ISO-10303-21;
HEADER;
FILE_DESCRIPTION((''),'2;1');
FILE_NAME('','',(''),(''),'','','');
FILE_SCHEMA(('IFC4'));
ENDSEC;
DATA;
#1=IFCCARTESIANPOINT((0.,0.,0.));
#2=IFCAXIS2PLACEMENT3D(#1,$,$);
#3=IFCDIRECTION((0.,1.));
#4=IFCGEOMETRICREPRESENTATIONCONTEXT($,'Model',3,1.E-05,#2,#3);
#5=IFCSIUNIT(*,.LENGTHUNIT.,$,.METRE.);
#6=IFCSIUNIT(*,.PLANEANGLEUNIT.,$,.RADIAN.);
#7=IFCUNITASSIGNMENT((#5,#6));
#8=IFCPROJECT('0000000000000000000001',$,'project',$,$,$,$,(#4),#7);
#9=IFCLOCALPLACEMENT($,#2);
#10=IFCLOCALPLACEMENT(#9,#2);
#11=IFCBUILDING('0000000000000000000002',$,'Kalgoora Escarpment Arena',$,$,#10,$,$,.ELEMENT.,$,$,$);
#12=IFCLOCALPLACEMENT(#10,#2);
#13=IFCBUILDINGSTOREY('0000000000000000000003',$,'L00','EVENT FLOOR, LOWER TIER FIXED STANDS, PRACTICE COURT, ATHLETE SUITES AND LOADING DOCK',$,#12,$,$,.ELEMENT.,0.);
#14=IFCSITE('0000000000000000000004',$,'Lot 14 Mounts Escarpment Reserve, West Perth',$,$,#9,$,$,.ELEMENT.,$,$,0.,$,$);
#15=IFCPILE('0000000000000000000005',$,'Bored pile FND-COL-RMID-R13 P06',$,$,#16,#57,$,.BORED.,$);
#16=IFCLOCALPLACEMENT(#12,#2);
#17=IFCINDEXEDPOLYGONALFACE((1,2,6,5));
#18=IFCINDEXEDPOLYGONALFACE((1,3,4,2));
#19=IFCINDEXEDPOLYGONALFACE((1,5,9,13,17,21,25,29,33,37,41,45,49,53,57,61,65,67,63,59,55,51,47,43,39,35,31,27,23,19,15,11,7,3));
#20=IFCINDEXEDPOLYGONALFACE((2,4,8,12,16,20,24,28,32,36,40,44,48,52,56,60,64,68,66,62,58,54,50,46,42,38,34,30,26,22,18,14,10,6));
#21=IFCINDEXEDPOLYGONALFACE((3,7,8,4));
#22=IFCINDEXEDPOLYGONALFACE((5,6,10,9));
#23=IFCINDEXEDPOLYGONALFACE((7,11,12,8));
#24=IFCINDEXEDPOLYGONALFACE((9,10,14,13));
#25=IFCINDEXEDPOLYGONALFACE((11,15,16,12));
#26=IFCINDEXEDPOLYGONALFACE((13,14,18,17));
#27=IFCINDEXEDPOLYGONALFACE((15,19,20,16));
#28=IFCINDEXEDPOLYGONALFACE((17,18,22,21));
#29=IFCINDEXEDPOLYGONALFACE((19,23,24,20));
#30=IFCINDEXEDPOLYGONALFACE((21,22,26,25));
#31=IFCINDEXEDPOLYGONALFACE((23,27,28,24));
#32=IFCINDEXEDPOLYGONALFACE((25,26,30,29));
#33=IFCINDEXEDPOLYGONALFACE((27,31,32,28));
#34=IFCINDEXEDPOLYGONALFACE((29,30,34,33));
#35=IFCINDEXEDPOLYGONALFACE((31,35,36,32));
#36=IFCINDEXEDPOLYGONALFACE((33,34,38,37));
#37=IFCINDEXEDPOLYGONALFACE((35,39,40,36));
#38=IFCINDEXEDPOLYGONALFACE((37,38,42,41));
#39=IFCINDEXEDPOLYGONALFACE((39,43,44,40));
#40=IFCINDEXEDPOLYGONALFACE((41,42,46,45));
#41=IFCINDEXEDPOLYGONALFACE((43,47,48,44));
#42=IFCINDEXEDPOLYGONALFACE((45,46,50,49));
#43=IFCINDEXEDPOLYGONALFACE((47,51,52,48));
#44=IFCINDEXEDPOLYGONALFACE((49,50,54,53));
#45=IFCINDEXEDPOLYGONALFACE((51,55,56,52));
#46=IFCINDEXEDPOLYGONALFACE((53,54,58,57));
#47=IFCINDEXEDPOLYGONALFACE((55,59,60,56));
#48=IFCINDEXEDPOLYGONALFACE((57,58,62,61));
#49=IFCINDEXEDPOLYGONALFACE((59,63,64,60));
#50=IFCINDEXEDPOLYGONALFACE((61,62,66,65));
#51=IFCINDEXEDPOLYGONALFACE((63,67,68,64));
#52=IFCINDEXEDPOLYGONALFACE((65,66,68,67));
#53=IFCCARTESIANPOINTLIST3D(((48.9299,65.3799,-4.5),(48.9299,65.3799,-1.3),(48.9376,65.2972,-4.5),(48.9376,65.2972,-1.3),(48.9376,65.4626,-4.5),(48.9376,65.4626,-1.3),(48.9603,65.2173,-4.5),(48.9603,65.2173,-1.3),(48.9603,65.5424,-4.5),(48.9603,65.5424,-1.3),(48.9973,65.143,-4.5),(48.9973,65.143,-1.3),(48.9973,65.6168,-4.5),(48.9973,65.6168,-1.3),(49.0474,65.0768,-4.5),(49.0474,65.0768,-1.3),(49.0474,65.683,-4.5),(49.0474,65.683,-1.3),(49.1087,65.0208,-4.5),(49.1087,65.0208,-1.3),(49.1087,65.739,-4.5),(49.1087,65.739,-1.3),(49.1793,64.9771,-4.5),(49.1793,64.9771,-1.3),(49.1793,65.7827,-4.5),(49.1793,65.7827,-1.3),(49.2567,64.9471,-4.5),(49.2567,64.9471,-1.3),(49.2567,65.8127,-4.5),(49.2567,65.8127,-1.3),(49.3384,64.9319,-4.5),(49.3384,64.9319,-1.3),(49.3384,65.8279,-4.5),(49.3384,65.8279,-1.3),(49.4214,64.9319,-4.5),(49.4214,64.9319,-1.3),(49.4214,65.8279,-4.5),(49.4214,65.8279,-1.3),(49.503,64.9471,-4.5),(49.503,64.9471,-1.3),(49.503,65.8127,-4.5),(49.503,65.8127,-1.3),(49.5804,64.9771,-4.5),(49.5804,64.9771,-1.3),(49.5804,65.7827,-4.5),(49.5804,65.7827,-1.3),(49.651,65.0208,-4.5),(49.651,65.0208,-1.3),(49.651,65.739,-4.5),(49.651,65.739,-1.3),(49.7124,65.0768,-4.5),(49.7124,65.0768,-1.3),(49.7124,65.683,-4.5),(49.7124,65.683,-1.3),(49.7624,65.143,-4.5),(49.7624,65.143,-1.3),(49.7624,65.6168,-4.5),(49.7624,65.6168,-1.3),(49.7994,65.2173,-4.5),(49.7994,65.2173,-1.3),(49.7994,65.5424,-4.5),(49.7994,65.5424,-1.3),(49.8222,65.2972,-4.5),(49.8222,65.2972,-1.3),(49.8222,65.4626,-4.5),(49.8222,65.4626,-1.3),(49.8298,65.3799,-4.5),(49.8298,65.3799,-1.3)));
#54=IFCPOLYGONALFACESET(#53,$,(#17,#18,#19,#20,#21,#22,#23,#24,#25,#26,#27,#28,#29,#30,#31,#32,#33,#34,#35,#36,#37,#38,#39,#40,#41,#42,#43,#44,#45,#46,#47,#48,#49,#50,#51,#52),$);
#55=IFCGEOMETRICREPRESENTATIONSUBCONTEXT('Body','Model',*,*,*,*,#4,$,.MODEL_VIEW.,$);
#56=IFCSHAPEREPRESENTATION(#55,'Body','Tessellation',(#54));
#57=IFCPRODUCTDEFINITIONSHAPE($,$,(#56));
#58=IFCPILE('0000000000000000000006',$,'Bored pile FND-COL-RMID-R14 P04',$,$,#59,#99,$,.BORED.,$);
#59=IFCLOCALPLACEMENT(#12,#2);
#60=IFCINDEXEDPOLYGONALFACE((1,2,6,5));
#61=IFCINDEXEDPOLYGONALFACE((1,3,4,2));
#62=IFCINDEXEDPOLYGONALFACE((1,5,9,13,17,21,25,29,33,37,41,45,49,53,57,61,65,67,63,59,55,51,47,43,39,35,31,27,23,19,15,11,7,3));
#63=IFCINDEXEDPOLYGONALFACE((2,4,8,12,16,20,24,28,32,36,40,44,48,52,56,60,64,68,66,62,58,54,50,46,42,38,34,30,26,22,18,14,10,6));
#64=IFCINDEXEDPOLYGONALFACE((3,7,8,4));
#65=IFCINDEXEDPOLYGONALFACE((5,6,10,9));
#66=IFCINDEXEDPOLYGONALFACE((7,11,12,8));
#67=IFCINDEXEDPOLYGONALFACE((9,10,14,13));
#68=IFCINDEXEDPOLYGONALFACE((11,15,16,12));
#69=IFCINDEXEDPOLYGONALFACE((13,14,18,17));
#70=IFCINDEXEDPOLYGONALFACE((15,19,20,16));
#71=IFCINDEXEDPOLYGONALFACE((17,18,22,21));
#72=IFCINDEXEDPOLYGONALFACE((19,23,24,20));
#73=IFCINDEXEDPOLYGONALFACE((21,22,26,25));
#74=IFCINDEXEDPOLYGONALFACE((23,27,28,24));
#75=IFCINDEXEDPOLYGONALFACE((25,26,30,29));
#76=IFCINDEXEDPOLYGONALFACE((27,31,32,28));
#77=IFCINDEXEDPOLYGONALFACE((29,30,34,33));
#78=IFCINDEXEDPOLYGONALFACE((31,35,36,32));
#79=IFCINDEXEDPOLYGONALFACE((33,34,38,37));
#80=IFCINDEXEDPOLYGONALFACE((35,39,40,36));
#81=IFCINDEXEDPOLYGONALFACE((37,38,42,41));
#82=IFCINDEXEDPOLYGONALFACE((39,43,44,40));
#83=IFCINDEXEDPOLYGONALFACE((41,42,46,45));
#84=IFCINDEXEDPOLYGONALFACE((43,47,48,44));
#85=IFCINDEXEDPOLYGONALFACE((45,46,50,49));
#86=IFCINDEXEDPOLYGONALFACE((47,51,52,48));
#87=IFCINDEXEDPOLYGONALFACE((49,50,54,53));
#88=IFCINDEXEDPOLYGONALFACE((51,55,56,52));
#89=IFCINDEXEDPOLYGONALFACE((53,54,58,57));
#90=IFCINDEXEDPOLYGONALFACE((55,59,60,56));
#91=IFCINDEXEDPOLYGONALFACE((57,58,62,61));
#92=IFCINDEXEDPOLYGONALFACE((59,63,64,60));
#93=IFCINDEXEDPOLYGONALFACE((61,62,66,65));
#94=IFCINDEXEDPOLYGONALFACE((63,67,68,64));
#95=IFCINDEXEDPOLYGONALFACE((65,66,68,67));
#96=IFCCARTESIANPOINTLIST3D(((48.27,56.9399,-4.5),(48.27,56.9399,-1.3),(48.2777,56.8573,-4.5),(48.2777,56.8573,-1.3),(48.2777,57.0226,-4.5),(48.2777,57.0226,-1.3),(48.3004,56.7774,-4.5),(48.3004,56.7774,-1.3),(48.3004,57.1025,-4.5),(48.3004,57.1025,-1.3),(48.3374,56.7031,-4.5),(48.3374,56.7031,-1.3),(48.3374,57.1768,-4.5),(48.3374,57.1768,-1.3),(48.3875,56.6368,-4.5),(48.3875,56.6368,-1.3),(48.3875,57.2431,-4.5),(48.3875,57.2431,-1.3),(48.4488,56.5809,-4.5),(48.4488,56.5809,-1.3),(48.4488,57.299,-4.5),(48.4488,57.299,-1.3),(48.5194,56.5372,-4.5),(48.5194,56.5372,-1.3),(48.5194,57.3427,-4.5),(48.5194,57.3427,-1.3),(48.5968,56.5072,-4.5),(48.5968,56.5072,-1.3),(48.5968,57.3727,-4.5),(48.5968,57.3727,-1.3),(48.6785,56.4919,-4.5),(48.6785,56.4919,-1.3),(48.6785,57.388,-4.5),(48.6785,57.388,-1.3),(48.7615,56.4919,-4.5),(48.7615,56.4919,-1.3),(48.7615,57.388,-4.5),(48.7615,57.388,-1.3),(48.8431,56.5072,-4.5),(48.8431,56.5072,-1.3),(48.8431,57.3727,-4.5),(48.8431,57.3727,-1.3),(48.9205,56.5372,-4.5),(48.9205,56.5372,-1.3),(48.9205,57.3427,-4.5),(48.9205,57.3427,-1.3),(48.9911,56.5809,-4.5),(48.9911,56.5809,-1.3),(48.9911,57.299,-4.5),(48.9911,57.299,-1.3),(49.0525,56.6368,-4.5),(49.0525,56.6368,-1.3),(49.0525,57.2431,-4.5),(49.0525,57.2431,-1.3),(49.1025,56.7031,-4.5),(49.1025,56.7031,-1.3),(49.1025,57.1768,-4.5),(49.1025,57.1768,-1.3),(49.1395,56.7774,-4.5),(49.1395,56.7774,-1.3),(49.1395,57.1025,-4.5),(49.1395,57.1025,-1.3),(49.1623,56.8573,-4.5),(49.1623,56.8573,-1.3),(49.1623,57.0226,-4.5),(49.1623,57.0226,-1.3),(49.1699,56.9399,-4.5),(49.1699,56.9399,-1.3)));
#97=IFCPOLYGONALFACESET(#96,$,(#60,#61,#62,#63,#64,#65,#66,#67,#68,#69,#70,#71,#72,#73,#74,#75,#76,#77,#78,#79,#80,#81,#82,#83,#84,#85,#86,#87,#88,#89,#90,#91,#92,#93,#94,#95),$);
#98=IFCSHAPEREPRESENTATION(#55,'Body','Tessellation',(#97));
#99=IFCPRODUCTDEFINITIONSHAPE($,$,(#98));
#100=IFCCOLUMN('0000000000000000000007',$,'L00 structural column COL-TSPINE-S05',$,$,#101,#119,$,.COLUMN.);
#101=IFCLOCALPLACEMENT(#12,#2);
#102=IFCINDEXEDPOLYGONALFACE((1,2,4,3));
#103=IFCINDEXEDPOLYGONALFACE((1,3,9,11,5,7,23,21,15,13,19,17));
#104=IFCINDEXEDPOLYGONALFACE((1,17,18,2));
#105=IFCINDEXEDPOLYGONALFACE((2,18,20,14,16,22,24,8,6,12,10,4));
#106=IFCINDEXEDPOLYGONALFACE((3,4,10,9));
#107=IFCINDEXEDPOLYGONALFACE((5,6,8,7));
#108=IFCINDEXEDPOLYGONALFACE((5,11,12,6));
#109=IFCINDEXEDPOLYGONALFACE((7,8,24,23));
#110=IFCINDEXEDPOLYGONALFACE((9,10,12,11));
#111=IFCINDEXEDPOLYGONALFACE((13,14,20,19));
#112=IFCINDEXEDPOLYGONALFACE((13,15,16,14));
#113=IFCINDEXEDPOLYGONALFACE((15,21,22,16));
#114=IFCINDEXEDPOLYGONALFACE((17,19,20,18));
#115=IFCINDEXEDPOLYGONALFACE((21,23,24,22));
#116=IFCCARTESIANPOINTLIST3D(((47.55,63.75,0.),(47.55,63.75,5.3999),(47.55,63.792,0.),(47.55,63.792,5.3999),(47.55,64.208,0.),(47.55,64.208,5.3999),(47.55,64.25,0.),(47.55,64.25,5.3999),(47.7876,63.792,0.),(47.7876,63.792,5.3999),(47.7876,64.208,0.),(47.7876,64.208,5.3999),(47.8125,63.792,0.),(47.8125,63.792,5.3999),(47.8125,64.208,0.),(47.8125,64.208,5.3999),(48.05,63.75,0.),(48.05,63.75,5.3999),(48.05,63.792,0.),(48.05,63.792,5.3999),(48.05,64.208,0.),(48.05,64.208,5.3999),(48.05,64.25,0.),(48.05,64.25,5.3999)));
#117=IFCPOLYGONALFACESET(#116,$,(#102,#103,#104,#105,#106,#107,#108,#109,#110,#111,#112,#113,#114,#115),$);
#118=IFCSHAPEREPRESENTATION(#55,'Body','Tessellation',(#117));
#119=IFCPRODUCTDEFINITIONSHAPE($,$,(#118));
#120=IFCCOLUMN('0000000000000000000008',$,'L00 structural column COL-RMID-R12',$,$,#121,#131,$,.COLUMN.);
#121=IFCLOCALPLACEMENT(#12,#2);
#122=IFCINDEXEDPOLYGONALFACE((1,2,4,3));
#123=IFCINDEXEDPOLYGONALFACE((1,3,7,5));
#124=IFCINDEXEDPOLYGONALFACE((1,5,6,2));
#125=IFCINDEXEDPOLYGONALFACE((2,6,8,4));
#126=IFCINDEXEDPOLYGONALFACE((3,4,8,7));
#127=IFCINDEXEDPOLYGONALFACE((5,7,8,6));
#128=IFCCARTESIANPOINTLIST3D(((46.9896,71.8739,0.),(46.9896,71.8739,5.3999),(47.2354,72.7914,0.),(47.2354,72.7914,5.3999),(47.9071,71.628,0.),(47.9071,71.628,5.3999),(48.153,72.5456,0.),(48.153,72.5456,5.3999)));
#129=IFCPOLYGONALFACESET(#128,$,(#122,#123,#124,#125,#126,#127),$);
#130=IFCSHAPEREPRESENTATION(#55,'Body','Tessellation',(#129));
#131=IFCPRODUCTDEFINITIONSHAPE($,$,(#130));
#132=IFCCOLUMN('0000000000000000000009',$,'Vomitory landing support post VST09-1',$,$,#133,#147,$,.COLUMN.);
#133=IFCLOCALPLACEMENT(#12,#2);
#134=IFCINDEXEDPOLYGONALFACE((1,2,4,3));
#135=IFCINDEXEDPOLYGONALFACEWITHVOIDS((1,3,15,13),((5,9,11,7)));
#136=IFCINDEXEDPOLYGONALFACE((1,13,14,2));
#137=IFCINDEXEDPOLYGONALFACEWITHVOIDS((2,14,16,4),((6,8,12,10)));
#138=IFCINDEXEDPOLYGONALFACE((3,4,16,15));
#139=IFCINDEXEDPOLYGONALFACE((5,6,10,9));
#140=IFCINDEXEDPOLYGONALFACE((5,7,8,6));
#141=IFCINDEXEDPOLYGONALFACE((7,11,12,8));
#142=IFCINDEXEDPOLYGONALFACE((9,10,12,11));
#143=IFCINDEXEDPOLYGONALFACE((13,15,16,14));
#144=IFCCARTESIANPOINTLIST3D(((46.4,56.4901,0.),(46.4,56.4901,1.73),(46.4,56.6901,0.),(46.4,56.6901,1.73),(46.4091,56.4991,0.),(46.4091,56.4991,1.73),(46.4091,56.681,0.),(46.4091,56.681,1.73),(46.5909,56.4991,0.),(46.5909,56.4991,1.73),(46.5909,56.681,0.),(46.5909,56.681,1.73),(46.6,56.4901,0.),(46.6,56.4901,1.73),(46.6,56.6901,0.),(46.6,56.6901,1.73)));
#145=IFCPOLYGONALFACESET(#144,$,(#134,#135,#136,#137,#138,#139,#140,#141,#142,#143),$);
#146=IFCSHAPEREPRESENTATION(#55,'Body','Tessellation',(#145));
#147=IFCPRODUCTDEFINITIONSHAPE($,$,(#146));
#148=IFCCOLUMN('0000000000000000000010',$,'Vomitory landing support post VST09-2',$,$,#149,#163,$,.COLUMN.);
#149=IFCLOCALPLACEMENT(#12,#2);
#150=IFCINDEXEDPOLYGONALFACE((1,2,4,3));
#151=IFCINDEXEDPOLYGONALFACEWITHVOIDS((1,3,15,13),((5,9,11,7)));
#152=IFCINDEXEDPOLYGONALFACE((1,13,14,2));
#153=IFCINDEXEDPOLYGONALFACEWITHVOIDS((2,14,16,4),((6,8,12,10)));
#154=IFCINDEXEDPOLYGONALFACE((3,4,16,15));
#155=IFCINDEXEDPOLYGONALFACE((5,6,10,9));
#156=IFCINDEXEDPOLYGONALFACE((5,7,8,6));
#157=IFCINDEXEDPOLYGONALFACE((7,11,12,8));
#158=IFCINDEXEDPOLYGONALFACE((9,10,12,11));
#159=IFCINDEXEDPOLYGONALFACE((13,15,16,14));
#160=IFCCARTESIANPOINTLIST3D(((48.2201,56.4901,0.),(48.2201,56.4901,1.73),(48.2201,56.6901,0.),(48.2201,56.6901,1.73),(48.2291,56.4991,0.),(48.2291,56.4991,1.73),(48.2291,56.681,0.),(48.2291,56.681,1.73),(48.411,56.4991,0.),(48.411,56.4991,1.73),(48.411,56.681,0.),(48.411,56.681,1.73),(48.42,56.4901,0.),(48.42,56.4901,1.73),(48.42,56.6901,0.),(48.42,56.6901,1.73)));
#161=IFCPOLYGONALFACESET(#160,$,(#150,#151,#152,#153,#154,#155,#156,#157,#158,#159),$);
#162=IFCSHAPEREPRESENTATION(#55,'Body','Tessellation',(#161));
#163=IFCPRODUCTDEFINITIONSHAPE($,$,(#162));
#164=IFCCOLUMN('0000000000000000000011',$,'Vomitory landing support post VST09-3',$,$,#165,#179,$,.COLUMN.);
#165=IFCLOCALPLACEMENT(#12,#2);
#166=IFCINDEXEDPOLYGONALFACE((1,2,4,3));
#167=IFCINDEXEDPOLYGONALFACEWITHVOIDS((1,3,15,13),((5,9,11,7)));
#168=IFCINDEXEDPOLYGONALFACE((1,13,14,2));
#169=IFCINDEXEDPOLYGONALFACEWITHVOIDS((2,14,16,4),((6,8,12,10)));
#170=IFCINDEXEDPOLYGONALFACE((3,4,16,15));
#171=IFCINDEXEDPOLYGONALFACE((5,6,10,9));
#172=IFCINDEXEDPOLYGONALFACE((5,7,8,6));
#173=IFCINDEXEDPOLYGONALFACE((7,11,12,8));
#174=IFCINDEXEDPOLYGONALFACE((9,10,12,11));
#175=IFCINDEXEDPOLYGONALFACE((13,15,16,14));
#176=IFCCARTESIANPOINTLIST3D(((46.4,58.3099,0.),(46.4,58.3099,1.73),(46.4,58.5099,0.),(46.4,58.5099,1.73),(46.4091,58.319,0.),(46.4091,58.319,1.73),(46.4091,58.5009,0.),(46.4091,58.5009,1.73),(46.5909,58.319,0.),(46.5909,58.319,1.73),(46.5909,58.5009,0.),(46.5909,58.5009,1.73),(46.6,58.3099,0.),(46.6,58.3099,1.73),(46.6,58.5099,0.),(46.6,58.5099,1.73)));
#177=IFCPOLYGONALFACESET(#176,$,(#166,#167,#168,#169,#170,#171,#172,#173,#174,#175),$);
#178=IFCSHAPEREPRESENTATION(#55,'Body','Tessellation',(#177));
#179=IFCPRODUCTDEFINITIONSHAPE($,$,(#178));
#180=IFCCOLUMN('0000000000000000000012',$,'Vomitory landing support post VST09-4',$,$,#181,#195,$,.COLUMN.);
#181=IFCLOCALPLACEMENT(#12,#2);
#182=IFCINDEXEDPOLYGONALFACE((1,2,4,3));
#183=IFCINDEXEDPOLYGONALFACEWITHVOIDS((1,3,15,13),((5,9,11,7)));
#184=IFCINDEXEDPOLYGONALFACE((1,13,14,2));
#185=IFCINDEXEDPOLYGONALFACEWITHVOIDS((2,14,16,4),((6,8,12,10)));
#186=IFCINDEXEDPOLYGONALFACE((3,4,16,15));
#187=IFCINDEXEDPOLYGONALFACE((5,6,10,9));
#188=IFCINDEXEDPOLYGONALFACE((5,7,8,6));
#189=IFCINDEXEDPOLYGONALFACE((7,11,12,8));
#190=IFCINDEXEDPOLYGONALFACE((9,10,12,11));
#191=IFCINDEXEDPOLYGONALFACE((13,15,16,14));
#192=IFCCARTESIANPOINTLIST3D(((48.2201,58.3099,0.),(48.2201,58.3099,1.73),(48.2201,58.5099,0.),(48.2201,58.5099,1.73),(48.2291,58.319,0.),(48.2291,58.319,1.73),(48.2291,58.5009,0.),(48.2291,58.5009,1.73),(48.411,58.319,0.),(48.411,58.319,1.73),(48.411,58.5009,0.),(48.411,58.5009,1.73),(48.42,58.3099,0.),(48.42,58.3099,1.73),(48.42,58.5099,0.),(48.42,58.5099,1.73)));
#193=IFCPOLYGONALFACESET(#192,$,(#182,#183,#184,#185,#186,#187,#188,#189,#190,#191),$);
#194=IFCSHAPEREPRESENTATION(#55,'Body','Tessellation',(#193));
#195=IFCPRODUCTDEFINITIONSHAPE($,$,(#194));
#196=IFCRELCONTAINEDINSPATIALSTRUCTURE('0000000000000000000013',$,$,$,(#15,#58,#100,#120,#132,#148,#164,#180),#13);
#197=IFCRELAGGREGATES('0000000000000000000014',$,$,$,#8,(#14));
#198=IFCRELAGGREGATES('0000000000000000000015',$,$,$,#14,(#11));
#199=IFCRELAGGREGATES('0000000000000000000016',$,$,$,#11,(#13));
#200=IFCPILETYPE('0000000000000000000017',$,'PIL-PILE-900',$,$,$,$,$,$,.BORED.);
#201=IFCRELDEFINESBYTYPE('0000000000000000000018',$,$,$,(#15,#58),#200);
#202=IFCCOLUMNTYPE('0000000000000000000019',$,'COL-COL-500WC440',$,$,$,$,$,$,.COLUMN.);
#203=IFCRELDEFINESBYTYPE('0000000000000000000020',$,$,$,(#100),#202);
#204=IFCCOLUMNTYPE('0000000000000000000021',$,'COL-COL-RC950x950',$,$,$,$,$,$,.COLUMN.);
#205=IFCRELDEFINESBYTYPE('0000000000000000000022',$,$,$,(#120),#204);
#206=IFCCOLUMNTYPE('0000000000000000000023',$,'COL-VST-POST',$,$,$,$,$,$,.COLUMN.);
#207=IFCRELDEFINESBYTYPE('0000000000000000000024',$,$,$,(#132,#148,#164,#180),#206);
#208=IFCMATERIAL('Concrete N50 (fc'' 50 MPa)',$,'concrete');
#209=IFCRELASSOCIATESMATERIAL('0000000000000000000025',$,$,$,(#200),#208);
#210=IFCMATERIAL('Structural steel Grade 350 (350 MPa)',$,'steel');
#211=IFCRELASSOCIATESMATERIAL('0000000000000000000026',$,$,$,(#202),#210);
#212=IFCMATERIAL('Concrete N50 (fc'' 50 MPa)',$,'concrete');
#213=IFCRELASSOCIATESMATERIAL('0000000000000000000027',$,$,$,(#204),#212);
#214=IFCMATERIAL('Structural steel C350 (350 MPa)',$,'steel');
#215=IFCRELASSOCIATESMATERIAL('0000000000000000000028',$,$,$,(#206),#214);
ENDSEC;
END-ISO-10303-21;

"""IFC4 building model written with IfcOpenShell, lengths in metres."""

from ifc_helpers import new_model, si_unit, direction, frame, origin, origin_2d, place, context, subcontext, project, spatial, rectangle, hollow_rectangle, circle, i_section, extrude, material, material_profile, profile_set, type_object, element, save


model = new_model("IFC4")

# Units and contexts
model_context = context("Model", 3, precision=1e-05, world=origin(), true_north=direction((0.0, 1.0)))
body_context = subcontext(model_context, "Body", "Model", "MODEL_VIEW")
ifc_project = project(units=[si_unit("LENGTHUNIT", "METRE"), si_unit("PLANEANGLEUNIT", "RADIAN")], contexts=[model_context])

# Site, building, storey
site_placement = place(None, origin())
site = spatial("IfcSite", under=ifc_project, at=site_placement, Name="Lot 14 Mounts Escarpment Reserve, West Perth", CompositionType="ELEMENT", RefElevation=0.0)
building_placement = place(site_placement, origin())
building = spatial("IfcBuilding", under=site, at=building_placement, Name="Kalgoora Escarpment Arena", CompositionType="ELEMENT")
storey_placement = place(building_placement, origin())
storey = spatial("IfcBuildingStorey", under=building, at=storey_placement, Name="L00", Description="EVENT FLOOR, LOWER TIER FIXED STANDS, PRACTICE COURT, ATHLETE SUITES AND LOADING DOCK", CompositionType="ELEMENT", Elevation=0.0)

# Piles
ifc_material_1 = material(Name="Concrete N50 (fc' 50 MPa)", Category="concrete")
ifc_material_profile_1 = material_profile(ifc_material_1, circle(Radius=0.45, at=origin_2d()))
ifc_profile_set_1 = profile_set([ifc_material_profile_1], Name="Concrete N50 (fc' 50 MPa)")
pile_type = type_object("IfcPileType", Name="PIL-PILE-900", PredefinedType="BORED", material=ifc_profile_set_1)
for number, where, z_axis, x_axis, name in (
    (1, (49.3799, 65.3799, -1.3), (0.0, 0.0, -1.0), (1.0, 0.0, 0.0), "Bored pile FND-COL-RMID-R13 P06"),
    (2, (48.72, 56.9399, -1.3), (0.0, 0.0, -1.0), (1.0, 0.0, 0.0), "Bored pile FND-COL-RMID-R14 P04"),
):
    element("IfcPile", number, at=place(storey_placement, frame(where, z_axis=z_axis, x_axis=x_axis)), inside=storey, type_object=pile_type, Name=name, PredefinedType="BORED", context=body_context, shape_type="SweptSolid", body=[
        extrude(circle(Radius=0.45, at=origin_2d()), origin(), (0.0, 0.0, 1.0), 3.2),
    ])

# Columns
ifc_material_2 = material(Name="Structural steel Grade 350 (350 MPa)", Category="steel")
ifc_material_profile_2 = material_profile(ifc_material_2, i_section(OverallWidth=0.5, OverallDepth=0.5, WebThickness=0.0249, FlangeThickness=0.042, at=origin_2d()))
ifc_profile_set_2 = profile_set([ifc_material_profile_2], Name="Structural steel Grade 350 (350 MPa)")
column_type_1 = type_object("IfcColumnType", Name="COL-COL-500WC440", PredefinedType="COLUMN", material=ifc_profile_set_2)
column_1_placement = place(storey_placement, frame((47.8, 64.0, 0.0), z_axis=(0.0, 0.0, 1.0), x_axis=(-1.0, 0.0, 0.0)))
element("IfcColumn", 3, at=column_1_placement, inside=storey, type_object=column_type_1, Name="L00 structural column COL-TSPINE-S05", PredefinedType="COLUMN", context=body_context, shape_type="SweptSolid", body=[
    extrude(i_section(OverallWidth=0.5, OverallDepth=0.5, WebThickness=0.0249, FlangeThickness=0.042, at=origin_2d()), origin(), (0.0, 0.0, 1.0), 5.3999),
])
ifc_material_3 = material(Name="Concrete N50 (fc' 50 MPa)", Category="concrete")
ifc_material_profile_3 = material_profile(ifc_material_3, rectangle(XDim=0.95, YDim=0.95, at=origin_2d()))
ifc_profile_set_3 = profile_set([ifc_material_profile_3], Name="Concrete N50 (fc' 50 MPa)")
column_type_2 = type_object("IfcColumnType", Name="COL-COL-RC950x950", PredefinedType="COLUMN", material=ifc_profile_set_3)
column_2_placement = place(storey_placement, frame((47.5713, 72.2097, 0.0), z_axis=(0.0, 0.0, 1.0), x_axis=(-0.965926, 0.258819, 0.0)))
element("IfcColumn", 4, at=column_2_placement, inside=storey, type_object=column_type_2, Name="L00 structural column COL-RMID-R12", PredefinedType="COLUMN", context=body_context, shape_type="SweptSolid", body=[
    extrude(rectangle(XDim=0.95, YDim=0.95, at=origin_2d()), origin(), (0.0, 0.0, 1.0), 5.3999),
])
ifc_material_4 = material(Name="Structural steel C350 (350 MPa)", Category="steel")
ifc_material_profile_4 = material_profile(ifc_material_4, hollow_rectangle(XDim=0.2, YDim=0.2, WallThickness=0.009, at=origin_2d()))
ifc_profile_set_4 = profile_set([ifc_material_profile_4], Name="Structural steel C350 (350 MPa)")
column_type_3 = type_object("IfcColumnType", Name="COL-VST-POST", PredefinedType="COLUMN", material=ifc_profile_set_4)
for number, where, z_axis, x_axis, name in (
    (5, (46.5, 56.5901, 0.0), (0.0, 0.0, 1.0), (1.0, 0.0, 0.0), "Vomitory landing support post VST09-1"),
    (6, (48.3201, 56.5901, 0.0), (0.0, 0.0, 1.0), (1.0, 0.0, 0.0), "Vomitory landing support post VST09-2"),
    (7, (46.5, 58.4099, 0.0), (0.0, 0.0, 1.0), (1.0, 0.0, 0.0), "Vomitory landing support post VST09-3"),
    (8, (48.3201, 58.4099, 0.0), (0.0, 0.0, 1.0), (1.0, 0.0, 0.0), "Vomitory landing support post VST09-4"),
):
    element("IfcColumn", number, at=place(storey_placement, frame(where, z_axis=z_axis, x_axis=x_axis)), inside=storey, type_object=column_type_3, Name=name, PredefinedType="COLUMN", context=body_context, shape_type="SweptSolid", body=[
        extrude(hollow_rectangle(XDim=0.2, YDim=0.2, WallThickness=0.009, at=origin_2d()), origin(), (0.0, 0.0, 1.0), 1.73),
    ])

save(model, "model.ifc")
